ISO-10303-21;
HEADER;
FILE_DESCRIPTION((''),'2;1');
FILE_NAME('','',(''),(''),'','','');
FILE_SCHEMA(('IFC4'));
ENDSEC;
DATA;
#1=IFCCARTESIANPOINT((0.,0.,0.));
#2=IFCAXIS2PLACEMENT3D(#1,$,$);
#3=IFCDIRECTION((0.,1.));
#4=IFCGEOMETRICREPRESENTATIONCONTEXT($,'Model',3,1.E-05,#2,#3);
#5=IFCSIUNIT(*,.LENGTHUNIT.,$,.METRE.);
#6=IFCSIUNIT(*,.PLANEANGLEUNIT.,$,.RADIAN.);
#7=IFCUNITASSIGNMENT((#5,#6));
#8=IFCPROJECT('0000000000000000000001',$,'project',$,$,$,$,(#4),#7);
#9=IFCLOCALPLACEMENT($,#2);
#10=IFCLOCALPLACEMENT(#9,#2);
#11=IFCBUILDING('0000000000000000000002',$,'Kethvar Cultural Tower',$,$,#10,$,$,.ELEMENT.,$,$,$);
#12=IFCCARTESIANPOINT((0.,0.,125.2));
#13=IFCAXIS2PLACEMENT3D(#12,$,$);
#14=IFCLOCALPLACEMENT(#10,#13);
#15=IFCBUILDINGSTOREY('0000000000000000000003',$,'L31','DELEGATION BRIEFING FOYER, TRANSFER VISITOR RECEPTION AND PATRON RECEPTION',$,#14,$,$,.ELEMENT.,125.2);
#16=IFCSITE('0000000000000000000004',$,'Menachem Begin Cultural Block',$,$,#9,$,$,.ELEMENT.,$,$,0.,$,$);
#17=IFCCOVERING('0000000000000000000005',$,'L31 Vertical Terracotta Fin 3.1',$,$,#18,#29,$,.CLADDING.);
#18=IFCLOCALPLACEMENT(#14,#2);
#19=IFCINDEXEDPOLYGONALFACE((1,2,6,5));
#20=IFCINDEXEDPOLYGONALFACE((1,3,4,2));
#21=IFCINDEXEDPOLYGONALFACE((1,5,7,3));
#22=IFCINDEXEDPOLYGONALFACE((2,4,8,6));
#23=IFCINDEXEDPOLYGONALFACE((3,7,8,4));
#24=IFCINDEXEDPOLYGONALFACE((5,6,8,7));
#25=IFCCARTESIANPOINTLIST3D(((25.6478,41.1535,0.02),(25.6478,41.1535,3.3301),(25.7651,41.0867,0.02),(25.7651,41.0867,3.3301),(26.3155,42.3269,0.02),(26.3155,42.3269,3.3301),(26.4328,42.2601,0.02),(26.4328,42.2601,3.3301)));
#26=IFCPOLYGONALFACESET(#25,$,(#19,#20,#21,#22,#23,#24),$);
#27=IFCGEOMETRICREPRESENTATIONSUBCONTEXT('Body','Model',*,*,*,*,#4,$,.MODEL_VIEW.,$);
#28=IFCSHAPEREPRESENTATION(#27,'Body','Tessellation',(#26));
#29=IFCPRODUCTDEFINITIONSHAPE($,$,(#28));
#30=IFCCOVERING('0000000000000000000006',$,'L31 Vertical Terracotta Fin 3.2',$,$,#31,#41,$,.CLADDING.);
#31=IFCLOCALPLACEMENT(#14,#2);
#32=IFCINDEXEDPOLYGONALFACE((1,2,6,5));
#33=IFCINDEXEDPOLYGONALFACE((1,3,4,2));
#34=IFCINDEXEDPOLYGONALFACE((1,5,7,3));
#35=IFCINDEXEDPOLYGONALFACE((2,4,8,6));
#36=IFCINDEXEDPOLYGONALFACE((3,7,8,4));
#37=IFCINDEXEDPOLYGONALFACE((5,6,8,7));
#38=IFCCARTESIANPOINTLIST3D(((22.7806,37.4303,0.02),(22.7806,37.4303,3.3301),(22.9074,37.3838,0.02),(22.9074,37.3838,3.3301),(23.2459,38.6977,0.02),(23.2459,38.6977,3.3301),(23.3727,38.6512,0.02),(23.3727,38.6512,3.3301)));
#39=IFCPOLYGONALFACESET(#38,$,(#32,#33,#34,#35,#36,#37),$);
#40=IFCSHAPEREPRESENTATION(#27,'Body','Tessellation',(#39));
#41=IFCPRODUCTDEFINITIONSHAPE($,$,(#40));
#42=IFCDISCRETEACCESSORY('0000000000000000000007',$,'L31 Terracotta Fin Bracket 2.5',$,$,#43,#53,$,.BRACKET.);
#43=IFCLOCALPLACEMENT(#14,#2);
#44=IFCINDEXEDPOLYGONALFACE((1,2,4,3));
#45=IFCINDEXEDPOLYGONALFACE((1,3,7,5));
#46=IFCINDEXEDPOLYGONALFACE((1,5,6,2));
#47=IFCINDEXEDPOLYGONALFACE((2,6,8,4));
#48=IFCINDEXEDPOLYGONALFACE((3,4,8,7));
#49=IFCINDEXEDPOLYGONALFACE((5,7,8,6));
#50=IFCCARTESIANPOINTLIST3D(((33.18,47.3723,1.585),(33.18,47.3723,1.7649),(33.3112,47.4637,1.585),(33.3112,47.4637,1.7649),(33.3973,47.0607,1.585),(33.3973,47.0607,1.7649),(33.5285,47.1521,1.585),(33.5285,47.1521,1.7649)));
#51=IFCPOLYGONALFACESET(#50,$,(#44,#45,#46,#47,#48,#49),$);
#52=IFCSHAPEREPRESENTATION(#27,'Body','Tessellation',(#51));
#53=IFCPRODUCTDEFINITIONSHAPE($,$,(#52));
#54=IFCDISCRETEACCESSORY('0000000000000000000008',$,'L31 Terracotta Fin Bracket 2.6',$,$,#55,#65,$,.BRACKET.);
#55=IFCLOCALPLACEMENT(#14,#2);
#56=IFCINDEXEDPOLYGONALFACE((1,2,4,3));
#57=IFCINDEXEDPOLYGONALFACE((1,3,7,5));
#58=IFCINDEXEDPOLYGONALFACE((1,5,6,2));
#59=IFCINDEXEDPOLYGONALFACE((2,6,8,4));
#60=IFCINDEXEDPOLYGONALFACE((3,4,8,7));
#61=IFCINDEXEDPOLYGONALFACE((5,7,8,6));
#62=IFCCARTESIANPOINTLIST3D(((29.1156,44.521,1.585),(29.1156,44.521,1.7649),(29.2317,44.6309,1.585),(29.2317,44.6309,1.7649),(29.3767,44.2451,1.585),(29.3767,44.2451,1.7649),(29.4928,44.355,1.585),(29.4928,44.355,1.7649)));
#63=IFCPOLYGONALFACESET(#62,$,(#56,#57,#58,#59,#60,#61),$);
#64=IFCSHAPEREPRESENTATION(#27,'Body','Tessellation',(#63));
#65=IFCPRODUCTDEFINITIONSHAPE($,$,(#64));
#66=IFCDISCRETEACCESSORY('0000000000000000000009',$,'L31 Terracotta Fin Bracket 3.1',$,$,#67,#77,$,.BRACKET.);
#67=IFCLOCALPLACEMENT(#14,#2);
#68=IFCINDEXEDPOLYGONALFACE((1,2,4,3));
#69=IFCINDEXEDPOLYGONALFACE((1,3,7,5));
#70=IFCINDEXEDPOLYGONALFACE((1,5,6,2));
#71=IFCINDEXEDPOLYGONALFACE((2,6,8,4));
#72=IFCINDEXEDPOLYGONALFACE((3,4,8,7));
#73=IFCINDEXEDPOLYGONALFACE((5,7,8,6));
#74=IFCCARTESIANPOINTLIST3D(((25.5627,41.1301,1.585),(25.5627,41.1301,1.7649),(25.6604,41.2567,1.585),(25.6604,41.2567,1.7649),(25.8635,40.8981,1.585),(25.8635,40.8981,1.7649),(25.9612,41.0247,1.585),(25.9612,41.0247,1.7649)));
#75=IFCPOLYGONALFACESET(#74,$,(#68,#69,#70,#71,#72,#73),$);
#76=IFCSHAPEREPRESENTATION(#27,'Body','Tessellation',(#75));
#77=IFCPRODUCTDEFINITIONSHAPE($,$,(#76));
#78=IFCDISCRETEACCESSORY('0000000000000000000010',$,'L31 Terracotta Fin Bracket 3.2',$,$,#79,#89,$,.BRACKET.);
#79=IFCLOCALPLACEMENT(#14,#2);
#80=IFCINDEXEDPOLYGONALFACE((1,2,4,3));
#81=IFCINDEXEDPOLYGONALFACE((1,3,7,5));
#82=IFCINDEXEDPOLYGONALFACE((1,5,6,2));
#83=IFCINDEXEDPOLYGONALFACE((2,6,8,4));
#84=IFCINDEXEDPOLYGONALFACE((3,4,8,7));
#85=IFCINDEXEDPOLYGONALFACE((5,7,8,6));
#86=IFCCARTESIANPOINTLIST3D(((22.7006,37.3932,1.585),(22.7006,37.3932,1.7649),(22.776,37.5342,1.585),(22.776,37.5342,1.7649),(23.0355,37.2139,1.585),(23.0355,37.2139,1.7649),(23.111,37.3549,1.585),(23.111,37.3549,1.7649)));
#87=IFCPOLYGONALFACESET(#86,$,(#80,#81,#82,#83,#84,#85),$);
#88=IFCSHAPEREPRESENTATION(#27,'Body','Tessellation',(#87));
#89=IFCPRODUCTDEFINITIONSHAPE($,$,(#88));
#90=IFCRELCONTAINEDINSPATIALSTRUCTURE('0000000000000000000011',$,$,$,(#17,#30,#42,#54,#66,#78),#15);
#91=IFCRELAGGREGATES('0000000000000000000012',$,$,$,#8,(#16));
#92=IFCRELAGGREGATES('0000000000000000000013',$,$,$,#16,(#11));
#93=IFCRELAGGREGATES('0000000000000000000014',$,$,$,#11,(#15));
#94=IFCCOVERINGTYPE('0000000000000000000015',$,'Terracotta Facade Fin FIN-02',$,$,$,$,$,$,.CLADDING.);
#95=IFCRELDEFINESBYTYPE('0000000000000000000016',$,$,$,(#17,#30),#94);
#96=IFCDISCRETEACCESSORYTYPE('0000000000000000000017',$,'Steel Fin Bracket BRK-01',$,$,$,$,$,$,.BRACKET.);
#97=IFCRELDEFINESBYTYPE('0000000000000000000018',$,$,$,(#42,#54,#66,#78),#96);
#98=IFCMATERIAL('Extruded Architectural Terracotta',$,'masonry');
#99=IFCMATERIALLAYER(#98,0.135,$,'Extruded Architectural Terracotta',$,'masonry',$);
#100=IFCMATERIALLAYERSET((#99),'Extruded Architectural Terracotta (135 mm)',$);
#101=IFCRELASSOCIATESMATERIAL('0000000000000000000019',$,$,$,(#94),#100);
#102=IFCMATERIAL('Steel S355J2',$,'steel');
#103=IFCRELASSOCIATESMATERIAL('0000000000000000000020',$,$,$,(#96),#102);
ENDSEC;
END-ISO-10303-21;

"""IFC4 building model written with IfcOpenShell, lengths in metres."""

from ifc_helpers import new_model, si_unit, direction, frame, origin, origin_2d, place, context, subcontext, project, spatial, rectangle, extrude, source, transform, mapped, material, layer, layer_set, type_object, element, save


model = new_model("IFC4")

# Units and contexts
model_context = context("Model", 3, precision=1e-05, world=origin(), true_north=direction((0.0, 1.0)))
body_context = subcontext(model_context, "Body", "Model", "MODEL_VIEW")
ifc_project = project(units=[si_unit("LENGTHUNIT", "METRE"), si_unit("PLANEANGLEUNIT", "RADIAN")], contexts=[model_context])

# Site, building, storey
site_placement = place(None, origin())
site = spatial("IfcSite", under=ifc_project, at=site_placement, Name="Menachem Begin Cultural Block", CompositionType="ELEMENT", RefElevation=0.0)
building_placement = place(site_placement, origin())
building = spatial("IfcBuilding", under=site, at=building_placement, Name="Kethvar Cultural Tower", CompositionType="ELEMENT")
storey_placement = place(building_placement, frame((0.0, 0.0, 125.2)))
storey = spatial("IfcBuildingStorey", under=building, at=storey_placement, Name="L31", Description="DELEGATION BRIEFING FOYER, TRANSFER VISITOR RECEPTION AND PATRON RECEPTION", CompositionType="ELEMENT", Elevation=125.2)

# Shared definitions
ifc_material_1 = material(Name="Steel S355J2", Category="steel")

# Coverings
ifc_material_2 = material(Name="Extruded Architectural Terracotta", Category="masonry")
ifc_layer_1 = layer(ifc_material_2, 0.135, Name="Extruded Architectural Terracotta", Category="masonry")
ifc_layer_set_1 = layer_set([ifc_layer_1], Name="Extruded Architectural Terracotta (135 mm)")
covering_type = type_object("IfcCoveringType", Name="Terracotta Facade Fin FIN-02", PredefinedType="CLADDING", material=ifc_layer_set_1)
shared_shape_1 = source(origin(), body_context, "Body", "SweptSolid", [
    extrude(rectangle(XDim=1.3501, YDim=0.135, at=origin_2d()), origin(), (0.0, 0.0, 1.0), 3.3101),
])
for number, where, z_axis, x_axis, name in (
    (1, (26.0403, 41.7068, 0.02), (0.0, 0.0, 1.0), (0.494549, 0.86915, 0.0), "L31 Vertical Terracotta Fin 3.1"),
    (2, (23.0767, 38.0408, 0.02), (0.0, 0.0, 1.0), (0.344643, 0.938734, 0.0), "L31 Vertical Terracotta Fin 3.2"),
):
    element("IfcCovering", number, at=place(storey_placement, frame(where, z_axis=z_axis, x_axis=x_axis)), inside=storey, type_object=covering_type, Name=name, PredefinedType="CLADDING", context=body_context, shape_type="MappedRepresentation", body=[
        mapped(shared_shape_1, transform((0.0, 0.0, 0.0), scale=1.0)),
    ])

# Discrete accessories
discrete_accessory_type = type_object("IfcDiscreteAccessoryType", Name="Steel Fin Bracket BRK-01", PredefinedType="BRACKET", material=ifc_material_1)
shared_shape_2 = source(origin(), body_context, "Body", "SweptSolid", [
    extrude(rectangle(XDim=0.3799, YDim=0.1599, at=origin_2d()), origin(), (0.0, 0.0, 1.0), 0.1799),
])
for number, where, z_axis, x_axis, name in (
    (3, (33.3542, 47.2622, 1.585), (0.0, 0.0, 1.0), (-0.572003, 0.820252, 0.0), "L31 Terracotta Fin Bracket 2.5"),
    (4, (29.3042, 44.438, 1.585), (0.0, 0.0, 1.0), (-0.687341, 0.726335, 0.0), "L31 Terracotta Fin Bracket 2.6"),
    (5, (25.762, 41.0774, 1.585), (0.0, 0.0, 1.0), (-0.791863, 0.610698, 0.0), "L31 Terracotta Fin Bracket 3.1"),
    (6, (22.9058, 37.374, 1.585), (0.0, 0.0, 1.0), (-0.881633, 0.471935, 0.0), "L31 Terracotta Fin Bracket 3.2"),
):
    element("IfcDiscreteAccessory", number, at=place(storey_placement, frame(where, z_axis=z_axis, x_axis=x_axis)), inside=storey, type_object=discrete_accessory_type, Name=name, PredefinedType="BRACKET", context=body_context, shape_type="MappedRepresentation", body=[
        mapped(shared_shape_2, transform((0.0, 0.0, 0.0), scale=1.0)),
    ])

save(model, "model.ifc")
